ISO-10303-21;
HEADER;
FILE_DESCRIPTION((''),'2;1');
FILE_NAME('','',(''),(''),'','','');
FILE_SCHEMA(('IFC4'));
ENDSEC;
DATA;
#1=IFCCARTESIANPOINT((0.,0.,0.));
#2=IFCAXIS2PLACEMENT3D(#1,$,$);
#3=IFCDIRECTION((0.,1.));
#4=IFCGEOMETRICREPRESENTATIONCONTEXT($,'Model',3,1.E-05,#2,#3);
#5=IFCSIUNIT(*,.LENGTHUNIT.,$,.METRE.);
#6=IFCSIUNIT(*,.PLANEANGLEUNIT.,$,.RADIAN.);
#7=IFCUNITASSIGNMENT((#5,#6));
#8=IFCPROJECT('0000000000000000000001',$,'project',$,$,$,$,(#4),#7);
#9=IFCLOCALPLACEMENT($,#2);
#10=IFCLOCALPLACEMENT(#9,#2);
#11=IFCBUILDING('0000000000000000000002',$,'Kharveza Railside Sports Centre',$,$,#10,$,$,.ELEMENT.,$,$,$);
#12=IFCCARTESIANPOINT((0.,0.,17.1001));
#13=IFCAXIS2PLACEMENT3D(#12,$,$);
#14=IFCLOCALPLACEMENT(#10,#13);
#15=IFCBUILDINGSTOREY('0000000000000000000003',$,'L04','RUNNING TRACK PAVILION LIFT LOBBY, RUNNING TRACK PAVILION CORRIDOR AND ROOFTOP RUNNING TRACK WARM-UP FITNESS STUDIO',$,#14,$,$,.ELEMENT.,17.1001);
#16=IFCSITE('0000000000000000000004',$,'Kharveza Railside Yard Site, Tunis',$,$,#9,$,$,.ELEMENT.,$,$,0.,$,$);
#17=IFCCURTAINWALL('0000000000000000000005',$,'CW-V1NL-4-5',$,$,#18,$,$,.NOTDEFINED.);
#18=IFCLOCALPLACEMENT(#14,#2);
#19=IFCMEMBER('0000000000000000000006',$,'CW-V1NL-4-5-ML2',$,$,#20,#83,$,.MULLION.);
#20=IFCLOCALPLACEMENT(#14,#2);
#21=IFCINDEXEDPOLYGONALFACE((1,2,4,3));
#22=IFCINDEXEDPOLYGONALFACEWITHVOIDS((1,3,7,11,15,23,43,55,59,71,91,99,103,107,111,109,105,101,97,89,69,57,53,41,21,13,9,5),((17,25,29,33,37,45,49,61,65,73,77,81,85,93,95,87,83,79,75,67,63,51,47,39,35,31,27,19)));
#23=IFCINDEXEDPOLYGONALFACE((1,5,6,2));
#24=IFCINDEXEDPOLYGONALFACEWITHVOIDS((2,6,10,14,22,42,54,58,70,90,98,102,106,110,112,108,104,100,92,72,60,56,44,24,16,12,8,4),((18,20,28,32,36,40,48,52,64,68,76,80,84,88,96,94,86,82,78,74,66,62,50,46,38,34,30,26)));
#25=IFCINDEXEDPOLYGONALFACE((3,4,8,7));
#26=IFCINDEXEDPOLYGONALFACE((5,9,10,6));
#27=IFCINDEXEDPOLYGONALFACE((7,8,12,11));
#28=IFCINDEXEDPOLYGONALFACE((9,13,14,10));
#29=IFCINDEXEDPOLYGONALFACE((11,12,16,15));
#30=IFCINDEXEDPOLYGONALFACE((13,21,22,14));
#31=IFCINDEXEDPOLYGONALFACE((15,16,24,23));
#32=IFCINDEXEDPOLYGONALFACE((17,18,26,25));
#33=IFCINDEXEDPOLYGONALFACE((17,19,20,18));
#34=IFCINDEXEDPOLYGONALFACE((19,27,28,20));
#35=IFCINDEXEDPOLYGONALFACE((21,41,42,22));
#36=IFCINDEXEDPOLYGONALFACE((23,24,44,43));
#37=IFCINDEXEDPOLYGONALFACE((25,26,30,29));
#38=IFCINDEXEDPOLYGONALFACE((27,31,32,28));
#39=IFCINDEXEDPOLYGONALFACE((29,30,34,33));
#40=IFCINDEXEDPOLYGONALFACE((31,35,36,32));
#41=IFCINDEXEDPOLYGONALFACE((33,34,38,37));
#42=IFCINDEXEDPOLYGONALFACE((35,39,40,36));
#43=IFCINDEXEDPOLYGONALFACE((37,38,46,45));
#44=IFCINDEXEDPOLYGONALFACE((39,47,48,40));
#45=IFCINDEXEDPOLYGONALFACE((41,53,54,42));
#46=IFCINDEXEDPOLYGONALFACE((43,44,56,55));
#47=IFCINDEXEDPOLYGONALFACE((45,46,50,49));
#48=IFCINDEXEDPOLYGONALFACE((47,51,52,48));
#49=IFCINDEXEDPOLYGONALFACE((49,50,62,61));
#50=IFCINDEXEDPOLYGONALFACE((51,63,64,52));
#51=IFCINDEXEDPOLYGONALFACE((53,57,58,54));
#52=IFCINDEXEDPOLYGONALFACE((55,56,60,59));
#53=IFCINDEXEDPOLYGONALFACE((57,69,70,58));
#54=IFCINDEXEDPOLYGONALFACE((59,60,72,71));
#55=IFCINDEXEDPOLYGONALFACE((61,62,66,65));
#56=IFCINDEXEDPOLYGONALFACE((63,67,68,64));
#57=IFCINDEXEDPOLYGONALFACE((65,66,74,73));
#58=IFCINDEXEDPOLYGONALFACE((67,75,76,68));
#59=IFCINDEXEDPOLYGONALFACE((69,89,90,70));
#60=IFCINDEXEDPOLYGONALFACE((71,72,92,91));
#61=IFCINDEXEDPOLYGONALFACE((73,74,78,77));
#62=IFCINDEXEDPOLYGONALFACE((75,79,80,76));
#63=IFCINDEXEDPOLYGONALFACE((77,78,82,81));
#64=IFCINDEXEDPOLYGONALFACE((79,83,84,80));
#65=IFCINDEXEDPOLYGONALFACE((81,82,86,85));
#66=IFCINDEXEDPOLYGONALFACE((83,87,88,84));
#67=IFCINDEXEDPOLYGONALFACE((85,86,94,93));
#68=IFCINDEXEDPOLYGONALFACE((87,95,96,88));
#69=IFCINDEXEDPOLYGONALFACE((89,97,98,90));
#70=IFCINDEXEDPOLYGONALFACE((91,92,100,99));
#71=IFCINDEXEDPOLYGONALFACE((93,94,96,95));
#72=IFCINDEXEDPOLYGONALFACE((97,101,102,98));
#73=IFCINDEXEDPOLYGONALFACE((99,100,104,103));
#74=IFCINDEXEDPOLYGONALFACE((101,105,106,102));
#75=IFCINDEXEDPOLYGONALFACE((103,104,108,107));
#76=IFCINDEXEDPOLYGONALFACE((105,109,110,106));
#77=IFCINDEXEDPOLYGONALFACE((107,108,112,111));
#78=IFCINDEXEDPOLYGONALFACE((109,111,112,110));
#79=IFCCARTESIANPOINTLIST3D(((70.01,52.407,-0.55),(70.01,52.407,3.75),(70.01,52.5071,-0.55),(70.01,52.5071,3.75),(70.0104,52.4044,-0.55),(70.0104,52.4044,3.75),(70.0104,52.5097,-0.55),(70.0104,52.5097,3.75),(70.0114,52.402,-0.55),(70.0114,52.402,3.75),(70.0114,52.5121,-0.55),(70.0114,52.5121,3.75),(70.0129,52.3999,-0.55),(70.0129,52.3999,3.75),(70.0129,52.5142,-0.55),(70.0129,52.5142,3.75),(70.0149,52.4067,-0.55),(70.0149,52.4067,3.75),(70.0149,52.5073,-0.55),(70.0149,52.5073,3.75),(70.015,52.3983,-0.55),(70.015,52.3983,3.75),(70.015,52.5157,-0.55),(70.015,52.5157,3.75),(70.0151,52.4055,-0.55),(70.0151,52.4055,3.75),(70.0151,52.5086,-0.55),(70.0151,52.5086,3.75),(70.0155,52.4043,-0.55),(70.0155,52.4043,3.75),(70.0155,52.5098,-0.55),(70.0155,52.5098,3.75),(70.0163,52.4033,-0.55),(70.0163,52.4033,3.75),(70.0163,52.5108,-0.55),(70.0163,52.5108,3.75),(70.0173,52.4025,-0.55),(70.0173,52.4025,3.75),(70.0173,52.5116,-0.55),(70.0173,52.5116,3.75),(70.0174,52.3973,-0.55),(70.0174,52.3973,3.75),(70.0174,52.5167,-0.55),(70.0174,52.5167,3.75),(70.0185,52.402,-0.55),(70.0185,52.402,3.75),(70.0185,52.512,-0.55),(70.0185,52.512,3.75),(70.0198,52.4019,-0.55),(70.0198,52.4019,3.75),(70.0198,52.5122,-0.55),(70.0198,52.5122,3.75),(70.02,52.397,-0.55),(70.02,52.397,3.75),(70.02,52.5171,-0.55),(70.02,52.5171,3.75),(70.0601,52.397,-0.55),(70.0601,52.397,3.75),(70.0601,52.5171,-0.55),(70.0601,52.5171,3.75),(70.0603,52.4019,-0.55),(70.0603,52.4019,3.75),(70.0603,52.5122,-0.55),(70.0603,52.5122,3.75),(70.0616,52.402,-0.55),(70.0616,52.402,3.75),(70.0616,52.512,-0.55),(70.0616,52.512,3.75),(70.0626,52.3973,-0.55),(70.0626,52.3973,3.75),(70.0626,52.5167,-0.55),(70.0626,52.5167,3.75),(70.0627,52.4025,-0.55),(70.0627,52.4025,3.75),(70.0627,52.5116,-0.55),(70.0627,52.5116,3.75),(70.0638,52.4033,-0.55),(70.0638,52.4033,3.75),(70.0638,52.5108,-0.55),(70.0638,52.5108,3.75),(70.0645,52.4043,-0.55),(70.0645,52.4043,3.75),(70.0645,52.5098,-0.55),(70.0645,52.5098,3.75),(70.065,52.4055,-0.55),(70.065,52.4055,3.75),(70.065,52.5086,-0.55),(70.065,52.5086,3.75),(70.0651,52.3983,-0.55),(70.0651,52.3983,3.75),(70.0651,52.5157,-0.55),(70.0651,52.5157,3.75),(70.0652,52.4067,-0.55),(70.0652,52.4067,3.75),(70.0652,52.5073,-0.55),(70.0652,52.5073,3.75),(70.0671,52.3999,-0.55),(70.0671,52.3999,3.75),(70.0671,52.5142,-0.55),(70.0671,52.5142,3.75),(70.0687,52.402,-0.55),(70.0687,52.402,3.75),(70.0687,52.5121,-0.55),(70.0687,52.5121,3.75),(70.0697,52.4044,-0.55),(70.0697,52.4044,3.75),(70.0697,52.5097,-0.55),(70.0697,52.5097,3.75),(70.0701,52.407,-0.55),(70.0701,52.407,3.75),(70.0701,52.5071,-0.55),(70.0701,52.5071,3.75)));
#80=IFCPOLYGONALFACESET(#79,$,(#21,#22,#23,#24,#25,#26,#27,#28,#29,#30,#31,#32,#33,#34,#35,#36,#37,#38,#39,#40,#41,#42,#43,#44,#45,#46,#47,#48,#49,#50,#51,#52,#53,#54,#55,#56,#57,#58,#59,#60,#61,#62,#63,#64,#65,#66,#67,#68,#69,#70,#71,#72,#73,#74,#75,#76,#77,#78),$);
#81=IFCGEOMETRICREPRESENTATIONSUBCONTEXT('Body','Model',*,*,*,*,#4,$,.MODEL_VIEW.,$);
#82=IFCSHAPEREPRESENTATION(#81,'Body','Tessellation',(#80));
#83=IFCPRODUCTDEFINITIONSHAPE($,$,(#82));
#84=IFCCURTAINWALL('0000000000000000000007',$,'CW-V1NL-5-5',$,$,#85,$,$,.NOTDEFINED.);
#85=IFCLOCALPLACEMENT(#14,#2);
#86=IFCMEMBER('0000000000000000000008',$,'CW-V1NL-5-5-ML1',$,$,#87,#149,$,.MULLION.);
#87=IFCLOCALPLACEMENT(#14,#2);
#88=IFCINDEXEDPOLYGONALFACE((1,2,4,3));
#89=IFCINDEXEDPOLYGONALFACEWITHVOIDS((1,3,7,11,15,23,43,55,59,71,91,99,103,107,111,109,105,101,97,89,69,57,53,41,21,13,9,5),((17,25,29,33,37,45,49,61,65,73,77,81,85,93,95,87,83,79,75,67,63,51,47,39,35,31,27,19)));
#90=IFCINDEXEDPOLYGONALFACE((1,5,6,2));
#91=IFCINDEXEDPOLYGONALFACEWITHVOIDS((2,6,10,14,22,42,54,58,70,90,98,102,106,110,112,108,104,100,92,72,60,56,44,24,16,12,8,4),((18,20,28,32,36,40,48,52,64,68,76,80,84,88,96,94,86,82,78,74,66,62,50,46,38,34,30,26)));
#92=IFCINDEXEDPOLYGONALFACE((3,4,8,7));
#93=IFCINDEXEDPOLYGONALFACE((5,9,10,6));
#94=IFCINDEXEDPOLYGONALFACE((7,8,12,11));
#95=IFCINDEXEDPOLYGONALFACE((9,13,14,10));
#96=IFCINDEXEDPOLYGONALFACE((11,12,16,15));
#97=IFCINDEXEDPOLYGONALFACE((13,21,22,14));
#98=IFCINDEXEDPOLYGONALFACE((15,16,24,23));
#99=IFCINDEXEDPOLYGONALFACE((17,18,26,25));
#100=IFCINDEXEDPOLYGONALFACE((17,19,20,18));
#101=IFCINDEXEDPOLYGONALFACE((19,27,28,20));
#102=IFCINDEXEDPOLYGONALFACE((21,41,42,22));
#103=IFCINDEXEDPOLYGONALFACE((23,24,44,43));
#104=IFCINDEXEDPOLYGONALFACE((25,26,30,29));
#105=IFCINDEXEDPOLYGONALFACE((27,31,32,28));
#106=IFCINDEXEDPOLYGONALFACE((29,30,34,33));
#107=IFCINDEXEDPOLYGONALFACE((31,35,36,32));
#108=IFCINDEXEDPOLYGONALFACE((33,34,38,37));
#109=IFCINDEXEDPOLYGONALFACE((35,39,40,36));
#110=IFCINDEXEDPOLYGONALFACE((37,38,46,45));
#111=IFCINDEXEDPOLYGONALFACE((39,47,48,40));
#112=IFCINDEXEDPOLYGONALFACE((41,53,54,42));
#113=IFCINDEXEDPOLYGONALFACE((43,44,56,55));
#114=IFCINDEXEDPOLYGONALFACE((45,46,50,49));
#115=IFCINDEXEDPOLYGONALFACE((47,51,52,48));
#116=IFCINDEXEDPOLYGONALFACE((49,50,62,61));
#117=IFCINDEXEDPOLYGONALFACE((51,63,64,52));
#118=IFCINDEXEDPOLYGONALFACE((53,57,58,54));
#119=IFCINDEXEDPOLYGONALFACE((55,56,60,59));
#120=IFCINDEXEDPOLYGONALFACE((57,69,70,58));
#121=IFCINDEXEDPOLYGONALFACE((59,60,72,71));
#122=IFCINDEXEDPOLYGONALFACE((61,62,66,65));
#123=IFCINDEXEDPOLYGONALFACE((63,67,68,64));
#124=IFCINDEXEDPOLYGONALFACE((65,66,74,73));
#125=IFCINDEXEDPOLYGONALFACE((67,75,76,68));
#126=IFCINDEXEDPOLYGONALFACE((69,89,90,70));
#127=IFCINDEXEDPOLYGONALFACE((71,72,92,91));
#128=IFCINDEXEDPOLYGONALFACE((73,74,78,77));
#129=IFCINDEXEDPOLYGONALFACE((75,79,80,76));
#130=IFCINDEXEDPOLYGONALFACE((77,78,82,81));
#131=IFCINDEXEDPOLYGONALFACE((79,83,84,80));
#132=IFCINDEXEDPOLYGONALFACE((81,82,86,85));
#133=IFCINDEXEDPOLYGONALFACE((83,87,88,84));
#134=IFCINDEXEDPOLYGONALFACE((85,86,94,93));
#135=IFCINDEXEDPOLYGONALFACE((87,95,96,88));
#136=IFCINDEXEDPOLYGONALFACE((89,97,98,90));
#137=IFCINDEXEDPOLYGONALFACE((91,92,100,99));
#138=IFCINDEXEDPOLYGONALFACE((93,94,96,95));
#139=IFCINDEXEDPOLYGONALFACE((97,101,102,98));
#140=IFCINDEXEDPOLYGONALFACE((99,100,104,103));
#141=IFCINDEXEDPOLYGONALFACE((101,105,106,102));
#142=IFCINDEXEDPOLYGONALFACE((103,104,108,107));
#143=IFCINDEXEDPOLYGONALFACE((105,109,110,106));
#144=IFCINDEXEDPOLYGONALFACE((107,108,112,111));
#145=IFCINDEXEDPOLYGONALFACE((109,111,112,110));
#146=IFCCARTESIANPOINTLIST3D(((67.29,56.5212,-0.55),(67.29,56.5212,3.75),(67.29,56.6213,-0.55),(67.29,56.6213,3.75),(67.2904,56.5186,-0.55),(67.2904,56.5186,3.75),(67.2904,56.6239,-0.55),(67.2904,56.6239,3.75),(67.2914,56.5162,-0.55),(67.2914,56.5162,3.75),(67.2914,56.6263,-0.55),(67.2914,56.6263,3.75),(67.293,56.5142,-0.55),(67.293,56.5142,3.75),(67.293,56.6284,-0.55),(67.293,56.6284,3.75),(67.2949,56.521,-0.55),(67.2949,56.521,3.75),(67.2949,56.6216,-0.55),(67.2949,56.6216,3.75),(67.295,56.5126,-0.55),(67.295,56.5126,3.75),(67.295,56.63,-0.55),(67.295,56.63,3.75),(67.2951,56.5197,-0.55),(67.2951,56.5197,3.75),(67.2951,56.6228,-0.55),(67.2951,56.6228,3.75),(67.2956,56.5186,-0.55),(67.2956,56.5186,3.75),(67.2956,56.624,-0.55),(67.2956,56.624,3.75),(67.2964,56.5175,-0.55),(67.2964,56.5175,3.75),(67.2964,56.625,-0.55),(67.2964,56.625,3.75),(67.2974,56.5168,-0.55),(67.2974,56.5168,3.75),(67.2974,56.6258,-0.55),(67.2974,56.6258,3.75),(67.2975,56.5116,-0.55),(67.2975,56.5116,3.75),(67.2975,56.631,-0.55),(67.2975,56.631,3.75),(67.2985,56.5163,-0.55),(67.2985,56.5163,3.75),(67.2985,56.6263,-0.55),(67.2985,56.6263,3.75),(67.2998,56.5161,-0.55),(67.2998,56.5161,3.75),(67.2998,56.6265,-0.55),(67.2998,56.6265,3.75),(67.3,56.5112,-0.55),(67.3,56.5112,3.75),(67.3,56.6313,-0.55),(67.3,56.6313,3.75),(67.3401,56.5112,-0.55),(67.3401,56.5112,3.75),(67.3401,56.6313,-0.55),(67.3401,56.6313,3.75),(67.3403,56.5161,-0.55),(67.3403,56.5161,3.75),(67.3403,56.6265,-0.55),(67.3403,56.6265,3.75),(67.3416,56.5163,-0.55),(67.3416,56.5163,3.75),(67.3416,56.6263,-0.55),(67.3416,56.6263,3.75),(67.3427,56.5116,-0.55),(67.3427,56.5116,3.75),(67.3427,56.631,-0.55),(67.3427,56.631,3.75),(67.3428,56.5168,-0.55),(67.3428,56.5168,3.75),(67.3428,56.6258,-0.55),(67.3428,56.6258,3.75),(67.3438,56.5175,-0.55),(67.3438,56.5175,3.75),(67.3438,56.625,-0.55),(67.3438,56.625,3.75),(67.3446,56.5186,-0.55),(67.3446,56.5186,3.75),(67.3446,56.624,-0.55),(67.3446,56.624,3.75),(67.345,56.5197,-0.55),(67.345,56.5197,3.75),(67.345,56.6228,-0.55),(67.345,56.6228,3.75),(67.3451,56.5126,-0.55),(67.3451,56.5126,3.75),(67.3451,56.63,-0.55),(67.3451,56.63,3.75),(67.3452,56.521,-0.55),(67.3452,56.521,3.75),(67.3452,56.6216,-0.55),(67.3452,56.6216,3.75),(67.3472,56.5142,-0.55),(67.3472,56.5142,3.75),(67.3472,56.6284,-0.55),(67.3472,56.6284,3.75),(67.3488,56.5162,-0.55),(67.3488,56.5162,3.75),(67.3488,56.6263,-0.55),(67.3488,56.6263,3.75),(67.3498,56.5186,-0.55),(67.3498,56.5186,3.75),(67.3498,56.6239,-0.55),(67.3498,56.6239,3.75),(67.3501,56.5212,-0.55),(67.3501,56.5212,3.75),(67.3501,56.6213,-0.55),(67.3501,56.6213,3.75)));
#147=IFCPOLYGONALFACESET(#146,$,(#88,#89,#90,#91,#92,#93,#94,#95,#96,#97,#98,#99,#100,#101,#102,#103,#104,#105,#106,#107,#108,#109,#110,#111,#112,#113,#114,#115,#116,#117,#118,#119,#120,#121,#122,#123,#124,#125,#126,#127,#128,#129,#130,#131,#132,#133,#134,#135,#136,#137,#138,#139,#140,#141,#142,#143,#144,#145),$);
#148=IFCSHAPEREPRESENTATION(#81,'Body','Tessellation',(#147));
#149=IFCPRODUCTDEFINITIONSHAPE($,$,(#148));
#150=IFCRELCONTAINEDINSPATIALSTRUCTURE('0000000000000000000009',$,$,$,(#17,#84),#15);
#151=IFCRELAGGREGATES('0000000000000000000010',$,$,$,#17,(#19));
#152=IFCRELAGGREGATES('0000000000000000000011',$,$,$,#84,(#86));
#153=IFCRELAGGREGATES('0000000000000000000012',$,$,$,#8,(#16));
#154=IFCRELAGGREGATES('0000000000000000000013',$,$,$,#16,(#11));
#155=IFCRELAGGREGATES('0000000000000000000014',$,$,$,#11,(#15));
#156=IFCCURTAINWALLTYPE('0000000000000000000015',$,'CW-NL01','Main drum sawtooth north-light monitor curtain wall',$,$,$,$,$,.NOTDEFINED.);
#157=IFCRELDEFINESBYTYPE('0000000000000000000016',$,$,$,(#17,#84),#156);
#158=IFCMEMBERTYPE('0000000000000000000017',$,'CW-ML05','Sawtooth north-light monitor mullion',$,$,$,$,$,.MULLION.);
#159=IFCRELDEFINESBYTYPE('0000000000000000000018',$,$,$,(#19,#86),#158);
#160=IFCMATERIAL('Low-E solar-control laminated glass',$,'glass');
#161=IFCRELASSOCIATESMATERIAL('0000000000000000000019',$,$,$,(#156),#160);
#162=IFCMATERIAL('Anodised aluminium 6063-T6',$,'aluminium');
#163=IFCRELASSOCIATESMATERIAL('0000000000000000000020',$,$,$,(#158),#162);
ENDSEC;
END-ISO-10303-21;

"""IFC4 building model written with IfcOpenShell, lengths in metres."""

from ifc_helpers import new_model, si_unit, direction, frame, origin, origin_2d, place, context, subcontext, project, spatial, hollow_rectangle, extrude, material, material_profile, profile_set, type_object, element, aggregate, save


model = new_model("IFC4")

# Units and contexts
model_context = context("Model", 3, precision=1e-05, world=origin(), true_north=direction((0.0, 1.0)))
body_context = subcontext(model_context, "Body", "Model", "MODEL_VIEW")
ifc_project = project(units=[si_unit("LENGTHUNIT", "METRE"), si_unit("PLANEANGLEUNIT", "RADIAN")], contexts=[model_context])

# Site, building, storey
site_placement = place(None, origin())
site = spatial("IfcSite", under=ifc_project, at=site_placement, Name="Kharveza Railside Yard Site, Tunis", CompositionType="ELEMENT", RefElevation=0.0)
building_placement = place(site_placement, origin())
building = spatial("IfcBuilding", under=site, at=building_placement, Name="Kharveza Railside Sports Centre", CompositionType="ELEMENT")
storey_placement = place(building_placement, frame((0.0, 0.0, 17.1001)))
storey = spatial("IfcBuildingStorey", under=building, at=storey_placement, Name="L04", Description="RUNNING TRACK PAVILION LIFT LOBBY, RUNNING TRACK PAVILION CORRIDOR AND ROOFTOP RUNNING TRACK WARM-UP FITNESS STUDIO", CompositionType="ELEMENT", Elevation=17.1001)

# Curtain wall, member
ifc_material_1 = material(Name="Low-E solar-control laminated glass", Category="glass")
curtain_wall_type = type_object("IfcCurtainWallType", Name="CW-NL01", Description="Main drum sawtooth north-light monitor curtain wall", PredefinedType="NOTDEFINED", material=ifc_material_1)
curtain_wall_1_placement = place(storey_placement, origin())
curtain_wall_1 = element("IfcCurtainWall", 1, at=curtain_wall_1_placement, inside=storey, type_object=curtain_wall_type, Name="CW-V1NL-4-5", PredefinedType="NOTDEFINED")
ifc_material_2 = material(Name="Anodised aluminium 6063-T6", Category="aluminium")
ifc_material_profile_1 = material_profile(ifc_material_2, hollow_rectangle(XDim=0.0601, YDim=0.1201, WallThickness=0.0049, InnerFilletRadius=0.0049, OuterFilletRadius=0.01, at=origin_2d()), Name="RHS 60x120x5.0")
ifc_profile_set_1 = profile_set([ifc_material_profile_1], Name="Anodised aluminium 6063-T6")
member_type_1 = type_object("IfcMemberType", Name="CW-ML05", Description="Sawtooth north-light monitor mullion", PredefinedType="MULLION", material=ifc_profile_set_1)
member_1_placement = place(storey_placement, frame((70.04, 52.457, -0.55), z_axis=(0.0, 0.0, 1.0), x_axis=(1.0, 0.0, 0.0)))
member_1 = element("IfcMember", 2, at=member_1_placement, type_object=member_type_1, Name="CW-V1NL-4-5-ML2", PredefinedType="MULLION", context=body_context, shape_type="SweptSolid", body=[
    extrude(hollow_rectangle(XDim=0.0601, YDim=0.1201, WallThickness=0.0049, InnerFilletRadius=0.0049, OuterFilletRadius=0.01, at=origin_2d()), origin(), (0.0, 0.0, 1.0), 4.3),
])

# Curtain wall, member
curtain_wall_2_placement = place(storey_placement, origin())
curtain_wall_2 = element("IfcCurtainWall", 3, at=curtain_wall_2_placement, inside=storey, type_object=curtain_wall_type, Name="CW-V1NL-5-5", PredefinedType="NOTDEFINED")
member_2_placement = place(storey_placement, frame((67.3201, 56.5713, -0.55), z_axis=(0.0, 0.0, 1.0), x_axis=(1.0, 0.0, 0.0)))
member_2 = element("IfcMember", 4, at=member_2_placement, type_object=member_type_1, Name="CW-V1NL-5-5-ML1", PredefinedType="MULLION", context=body_context, shape_type="SweptSolid", body=[
    extrude(hollow_rectangle(XDim=0.0601, YDim=0.1201, WallThickness=0.0049, InnerFilletRadius=0.0049, OuterFilletRadius=0.01, at=origin_2d()), origin(), (0.0, 0.0, 1.0), 4.3),
])

aggregate(curtain_wall_1, [member_1])
aggregate(curtain_wall_2, [member_2])

save(model, "model.ifc")
